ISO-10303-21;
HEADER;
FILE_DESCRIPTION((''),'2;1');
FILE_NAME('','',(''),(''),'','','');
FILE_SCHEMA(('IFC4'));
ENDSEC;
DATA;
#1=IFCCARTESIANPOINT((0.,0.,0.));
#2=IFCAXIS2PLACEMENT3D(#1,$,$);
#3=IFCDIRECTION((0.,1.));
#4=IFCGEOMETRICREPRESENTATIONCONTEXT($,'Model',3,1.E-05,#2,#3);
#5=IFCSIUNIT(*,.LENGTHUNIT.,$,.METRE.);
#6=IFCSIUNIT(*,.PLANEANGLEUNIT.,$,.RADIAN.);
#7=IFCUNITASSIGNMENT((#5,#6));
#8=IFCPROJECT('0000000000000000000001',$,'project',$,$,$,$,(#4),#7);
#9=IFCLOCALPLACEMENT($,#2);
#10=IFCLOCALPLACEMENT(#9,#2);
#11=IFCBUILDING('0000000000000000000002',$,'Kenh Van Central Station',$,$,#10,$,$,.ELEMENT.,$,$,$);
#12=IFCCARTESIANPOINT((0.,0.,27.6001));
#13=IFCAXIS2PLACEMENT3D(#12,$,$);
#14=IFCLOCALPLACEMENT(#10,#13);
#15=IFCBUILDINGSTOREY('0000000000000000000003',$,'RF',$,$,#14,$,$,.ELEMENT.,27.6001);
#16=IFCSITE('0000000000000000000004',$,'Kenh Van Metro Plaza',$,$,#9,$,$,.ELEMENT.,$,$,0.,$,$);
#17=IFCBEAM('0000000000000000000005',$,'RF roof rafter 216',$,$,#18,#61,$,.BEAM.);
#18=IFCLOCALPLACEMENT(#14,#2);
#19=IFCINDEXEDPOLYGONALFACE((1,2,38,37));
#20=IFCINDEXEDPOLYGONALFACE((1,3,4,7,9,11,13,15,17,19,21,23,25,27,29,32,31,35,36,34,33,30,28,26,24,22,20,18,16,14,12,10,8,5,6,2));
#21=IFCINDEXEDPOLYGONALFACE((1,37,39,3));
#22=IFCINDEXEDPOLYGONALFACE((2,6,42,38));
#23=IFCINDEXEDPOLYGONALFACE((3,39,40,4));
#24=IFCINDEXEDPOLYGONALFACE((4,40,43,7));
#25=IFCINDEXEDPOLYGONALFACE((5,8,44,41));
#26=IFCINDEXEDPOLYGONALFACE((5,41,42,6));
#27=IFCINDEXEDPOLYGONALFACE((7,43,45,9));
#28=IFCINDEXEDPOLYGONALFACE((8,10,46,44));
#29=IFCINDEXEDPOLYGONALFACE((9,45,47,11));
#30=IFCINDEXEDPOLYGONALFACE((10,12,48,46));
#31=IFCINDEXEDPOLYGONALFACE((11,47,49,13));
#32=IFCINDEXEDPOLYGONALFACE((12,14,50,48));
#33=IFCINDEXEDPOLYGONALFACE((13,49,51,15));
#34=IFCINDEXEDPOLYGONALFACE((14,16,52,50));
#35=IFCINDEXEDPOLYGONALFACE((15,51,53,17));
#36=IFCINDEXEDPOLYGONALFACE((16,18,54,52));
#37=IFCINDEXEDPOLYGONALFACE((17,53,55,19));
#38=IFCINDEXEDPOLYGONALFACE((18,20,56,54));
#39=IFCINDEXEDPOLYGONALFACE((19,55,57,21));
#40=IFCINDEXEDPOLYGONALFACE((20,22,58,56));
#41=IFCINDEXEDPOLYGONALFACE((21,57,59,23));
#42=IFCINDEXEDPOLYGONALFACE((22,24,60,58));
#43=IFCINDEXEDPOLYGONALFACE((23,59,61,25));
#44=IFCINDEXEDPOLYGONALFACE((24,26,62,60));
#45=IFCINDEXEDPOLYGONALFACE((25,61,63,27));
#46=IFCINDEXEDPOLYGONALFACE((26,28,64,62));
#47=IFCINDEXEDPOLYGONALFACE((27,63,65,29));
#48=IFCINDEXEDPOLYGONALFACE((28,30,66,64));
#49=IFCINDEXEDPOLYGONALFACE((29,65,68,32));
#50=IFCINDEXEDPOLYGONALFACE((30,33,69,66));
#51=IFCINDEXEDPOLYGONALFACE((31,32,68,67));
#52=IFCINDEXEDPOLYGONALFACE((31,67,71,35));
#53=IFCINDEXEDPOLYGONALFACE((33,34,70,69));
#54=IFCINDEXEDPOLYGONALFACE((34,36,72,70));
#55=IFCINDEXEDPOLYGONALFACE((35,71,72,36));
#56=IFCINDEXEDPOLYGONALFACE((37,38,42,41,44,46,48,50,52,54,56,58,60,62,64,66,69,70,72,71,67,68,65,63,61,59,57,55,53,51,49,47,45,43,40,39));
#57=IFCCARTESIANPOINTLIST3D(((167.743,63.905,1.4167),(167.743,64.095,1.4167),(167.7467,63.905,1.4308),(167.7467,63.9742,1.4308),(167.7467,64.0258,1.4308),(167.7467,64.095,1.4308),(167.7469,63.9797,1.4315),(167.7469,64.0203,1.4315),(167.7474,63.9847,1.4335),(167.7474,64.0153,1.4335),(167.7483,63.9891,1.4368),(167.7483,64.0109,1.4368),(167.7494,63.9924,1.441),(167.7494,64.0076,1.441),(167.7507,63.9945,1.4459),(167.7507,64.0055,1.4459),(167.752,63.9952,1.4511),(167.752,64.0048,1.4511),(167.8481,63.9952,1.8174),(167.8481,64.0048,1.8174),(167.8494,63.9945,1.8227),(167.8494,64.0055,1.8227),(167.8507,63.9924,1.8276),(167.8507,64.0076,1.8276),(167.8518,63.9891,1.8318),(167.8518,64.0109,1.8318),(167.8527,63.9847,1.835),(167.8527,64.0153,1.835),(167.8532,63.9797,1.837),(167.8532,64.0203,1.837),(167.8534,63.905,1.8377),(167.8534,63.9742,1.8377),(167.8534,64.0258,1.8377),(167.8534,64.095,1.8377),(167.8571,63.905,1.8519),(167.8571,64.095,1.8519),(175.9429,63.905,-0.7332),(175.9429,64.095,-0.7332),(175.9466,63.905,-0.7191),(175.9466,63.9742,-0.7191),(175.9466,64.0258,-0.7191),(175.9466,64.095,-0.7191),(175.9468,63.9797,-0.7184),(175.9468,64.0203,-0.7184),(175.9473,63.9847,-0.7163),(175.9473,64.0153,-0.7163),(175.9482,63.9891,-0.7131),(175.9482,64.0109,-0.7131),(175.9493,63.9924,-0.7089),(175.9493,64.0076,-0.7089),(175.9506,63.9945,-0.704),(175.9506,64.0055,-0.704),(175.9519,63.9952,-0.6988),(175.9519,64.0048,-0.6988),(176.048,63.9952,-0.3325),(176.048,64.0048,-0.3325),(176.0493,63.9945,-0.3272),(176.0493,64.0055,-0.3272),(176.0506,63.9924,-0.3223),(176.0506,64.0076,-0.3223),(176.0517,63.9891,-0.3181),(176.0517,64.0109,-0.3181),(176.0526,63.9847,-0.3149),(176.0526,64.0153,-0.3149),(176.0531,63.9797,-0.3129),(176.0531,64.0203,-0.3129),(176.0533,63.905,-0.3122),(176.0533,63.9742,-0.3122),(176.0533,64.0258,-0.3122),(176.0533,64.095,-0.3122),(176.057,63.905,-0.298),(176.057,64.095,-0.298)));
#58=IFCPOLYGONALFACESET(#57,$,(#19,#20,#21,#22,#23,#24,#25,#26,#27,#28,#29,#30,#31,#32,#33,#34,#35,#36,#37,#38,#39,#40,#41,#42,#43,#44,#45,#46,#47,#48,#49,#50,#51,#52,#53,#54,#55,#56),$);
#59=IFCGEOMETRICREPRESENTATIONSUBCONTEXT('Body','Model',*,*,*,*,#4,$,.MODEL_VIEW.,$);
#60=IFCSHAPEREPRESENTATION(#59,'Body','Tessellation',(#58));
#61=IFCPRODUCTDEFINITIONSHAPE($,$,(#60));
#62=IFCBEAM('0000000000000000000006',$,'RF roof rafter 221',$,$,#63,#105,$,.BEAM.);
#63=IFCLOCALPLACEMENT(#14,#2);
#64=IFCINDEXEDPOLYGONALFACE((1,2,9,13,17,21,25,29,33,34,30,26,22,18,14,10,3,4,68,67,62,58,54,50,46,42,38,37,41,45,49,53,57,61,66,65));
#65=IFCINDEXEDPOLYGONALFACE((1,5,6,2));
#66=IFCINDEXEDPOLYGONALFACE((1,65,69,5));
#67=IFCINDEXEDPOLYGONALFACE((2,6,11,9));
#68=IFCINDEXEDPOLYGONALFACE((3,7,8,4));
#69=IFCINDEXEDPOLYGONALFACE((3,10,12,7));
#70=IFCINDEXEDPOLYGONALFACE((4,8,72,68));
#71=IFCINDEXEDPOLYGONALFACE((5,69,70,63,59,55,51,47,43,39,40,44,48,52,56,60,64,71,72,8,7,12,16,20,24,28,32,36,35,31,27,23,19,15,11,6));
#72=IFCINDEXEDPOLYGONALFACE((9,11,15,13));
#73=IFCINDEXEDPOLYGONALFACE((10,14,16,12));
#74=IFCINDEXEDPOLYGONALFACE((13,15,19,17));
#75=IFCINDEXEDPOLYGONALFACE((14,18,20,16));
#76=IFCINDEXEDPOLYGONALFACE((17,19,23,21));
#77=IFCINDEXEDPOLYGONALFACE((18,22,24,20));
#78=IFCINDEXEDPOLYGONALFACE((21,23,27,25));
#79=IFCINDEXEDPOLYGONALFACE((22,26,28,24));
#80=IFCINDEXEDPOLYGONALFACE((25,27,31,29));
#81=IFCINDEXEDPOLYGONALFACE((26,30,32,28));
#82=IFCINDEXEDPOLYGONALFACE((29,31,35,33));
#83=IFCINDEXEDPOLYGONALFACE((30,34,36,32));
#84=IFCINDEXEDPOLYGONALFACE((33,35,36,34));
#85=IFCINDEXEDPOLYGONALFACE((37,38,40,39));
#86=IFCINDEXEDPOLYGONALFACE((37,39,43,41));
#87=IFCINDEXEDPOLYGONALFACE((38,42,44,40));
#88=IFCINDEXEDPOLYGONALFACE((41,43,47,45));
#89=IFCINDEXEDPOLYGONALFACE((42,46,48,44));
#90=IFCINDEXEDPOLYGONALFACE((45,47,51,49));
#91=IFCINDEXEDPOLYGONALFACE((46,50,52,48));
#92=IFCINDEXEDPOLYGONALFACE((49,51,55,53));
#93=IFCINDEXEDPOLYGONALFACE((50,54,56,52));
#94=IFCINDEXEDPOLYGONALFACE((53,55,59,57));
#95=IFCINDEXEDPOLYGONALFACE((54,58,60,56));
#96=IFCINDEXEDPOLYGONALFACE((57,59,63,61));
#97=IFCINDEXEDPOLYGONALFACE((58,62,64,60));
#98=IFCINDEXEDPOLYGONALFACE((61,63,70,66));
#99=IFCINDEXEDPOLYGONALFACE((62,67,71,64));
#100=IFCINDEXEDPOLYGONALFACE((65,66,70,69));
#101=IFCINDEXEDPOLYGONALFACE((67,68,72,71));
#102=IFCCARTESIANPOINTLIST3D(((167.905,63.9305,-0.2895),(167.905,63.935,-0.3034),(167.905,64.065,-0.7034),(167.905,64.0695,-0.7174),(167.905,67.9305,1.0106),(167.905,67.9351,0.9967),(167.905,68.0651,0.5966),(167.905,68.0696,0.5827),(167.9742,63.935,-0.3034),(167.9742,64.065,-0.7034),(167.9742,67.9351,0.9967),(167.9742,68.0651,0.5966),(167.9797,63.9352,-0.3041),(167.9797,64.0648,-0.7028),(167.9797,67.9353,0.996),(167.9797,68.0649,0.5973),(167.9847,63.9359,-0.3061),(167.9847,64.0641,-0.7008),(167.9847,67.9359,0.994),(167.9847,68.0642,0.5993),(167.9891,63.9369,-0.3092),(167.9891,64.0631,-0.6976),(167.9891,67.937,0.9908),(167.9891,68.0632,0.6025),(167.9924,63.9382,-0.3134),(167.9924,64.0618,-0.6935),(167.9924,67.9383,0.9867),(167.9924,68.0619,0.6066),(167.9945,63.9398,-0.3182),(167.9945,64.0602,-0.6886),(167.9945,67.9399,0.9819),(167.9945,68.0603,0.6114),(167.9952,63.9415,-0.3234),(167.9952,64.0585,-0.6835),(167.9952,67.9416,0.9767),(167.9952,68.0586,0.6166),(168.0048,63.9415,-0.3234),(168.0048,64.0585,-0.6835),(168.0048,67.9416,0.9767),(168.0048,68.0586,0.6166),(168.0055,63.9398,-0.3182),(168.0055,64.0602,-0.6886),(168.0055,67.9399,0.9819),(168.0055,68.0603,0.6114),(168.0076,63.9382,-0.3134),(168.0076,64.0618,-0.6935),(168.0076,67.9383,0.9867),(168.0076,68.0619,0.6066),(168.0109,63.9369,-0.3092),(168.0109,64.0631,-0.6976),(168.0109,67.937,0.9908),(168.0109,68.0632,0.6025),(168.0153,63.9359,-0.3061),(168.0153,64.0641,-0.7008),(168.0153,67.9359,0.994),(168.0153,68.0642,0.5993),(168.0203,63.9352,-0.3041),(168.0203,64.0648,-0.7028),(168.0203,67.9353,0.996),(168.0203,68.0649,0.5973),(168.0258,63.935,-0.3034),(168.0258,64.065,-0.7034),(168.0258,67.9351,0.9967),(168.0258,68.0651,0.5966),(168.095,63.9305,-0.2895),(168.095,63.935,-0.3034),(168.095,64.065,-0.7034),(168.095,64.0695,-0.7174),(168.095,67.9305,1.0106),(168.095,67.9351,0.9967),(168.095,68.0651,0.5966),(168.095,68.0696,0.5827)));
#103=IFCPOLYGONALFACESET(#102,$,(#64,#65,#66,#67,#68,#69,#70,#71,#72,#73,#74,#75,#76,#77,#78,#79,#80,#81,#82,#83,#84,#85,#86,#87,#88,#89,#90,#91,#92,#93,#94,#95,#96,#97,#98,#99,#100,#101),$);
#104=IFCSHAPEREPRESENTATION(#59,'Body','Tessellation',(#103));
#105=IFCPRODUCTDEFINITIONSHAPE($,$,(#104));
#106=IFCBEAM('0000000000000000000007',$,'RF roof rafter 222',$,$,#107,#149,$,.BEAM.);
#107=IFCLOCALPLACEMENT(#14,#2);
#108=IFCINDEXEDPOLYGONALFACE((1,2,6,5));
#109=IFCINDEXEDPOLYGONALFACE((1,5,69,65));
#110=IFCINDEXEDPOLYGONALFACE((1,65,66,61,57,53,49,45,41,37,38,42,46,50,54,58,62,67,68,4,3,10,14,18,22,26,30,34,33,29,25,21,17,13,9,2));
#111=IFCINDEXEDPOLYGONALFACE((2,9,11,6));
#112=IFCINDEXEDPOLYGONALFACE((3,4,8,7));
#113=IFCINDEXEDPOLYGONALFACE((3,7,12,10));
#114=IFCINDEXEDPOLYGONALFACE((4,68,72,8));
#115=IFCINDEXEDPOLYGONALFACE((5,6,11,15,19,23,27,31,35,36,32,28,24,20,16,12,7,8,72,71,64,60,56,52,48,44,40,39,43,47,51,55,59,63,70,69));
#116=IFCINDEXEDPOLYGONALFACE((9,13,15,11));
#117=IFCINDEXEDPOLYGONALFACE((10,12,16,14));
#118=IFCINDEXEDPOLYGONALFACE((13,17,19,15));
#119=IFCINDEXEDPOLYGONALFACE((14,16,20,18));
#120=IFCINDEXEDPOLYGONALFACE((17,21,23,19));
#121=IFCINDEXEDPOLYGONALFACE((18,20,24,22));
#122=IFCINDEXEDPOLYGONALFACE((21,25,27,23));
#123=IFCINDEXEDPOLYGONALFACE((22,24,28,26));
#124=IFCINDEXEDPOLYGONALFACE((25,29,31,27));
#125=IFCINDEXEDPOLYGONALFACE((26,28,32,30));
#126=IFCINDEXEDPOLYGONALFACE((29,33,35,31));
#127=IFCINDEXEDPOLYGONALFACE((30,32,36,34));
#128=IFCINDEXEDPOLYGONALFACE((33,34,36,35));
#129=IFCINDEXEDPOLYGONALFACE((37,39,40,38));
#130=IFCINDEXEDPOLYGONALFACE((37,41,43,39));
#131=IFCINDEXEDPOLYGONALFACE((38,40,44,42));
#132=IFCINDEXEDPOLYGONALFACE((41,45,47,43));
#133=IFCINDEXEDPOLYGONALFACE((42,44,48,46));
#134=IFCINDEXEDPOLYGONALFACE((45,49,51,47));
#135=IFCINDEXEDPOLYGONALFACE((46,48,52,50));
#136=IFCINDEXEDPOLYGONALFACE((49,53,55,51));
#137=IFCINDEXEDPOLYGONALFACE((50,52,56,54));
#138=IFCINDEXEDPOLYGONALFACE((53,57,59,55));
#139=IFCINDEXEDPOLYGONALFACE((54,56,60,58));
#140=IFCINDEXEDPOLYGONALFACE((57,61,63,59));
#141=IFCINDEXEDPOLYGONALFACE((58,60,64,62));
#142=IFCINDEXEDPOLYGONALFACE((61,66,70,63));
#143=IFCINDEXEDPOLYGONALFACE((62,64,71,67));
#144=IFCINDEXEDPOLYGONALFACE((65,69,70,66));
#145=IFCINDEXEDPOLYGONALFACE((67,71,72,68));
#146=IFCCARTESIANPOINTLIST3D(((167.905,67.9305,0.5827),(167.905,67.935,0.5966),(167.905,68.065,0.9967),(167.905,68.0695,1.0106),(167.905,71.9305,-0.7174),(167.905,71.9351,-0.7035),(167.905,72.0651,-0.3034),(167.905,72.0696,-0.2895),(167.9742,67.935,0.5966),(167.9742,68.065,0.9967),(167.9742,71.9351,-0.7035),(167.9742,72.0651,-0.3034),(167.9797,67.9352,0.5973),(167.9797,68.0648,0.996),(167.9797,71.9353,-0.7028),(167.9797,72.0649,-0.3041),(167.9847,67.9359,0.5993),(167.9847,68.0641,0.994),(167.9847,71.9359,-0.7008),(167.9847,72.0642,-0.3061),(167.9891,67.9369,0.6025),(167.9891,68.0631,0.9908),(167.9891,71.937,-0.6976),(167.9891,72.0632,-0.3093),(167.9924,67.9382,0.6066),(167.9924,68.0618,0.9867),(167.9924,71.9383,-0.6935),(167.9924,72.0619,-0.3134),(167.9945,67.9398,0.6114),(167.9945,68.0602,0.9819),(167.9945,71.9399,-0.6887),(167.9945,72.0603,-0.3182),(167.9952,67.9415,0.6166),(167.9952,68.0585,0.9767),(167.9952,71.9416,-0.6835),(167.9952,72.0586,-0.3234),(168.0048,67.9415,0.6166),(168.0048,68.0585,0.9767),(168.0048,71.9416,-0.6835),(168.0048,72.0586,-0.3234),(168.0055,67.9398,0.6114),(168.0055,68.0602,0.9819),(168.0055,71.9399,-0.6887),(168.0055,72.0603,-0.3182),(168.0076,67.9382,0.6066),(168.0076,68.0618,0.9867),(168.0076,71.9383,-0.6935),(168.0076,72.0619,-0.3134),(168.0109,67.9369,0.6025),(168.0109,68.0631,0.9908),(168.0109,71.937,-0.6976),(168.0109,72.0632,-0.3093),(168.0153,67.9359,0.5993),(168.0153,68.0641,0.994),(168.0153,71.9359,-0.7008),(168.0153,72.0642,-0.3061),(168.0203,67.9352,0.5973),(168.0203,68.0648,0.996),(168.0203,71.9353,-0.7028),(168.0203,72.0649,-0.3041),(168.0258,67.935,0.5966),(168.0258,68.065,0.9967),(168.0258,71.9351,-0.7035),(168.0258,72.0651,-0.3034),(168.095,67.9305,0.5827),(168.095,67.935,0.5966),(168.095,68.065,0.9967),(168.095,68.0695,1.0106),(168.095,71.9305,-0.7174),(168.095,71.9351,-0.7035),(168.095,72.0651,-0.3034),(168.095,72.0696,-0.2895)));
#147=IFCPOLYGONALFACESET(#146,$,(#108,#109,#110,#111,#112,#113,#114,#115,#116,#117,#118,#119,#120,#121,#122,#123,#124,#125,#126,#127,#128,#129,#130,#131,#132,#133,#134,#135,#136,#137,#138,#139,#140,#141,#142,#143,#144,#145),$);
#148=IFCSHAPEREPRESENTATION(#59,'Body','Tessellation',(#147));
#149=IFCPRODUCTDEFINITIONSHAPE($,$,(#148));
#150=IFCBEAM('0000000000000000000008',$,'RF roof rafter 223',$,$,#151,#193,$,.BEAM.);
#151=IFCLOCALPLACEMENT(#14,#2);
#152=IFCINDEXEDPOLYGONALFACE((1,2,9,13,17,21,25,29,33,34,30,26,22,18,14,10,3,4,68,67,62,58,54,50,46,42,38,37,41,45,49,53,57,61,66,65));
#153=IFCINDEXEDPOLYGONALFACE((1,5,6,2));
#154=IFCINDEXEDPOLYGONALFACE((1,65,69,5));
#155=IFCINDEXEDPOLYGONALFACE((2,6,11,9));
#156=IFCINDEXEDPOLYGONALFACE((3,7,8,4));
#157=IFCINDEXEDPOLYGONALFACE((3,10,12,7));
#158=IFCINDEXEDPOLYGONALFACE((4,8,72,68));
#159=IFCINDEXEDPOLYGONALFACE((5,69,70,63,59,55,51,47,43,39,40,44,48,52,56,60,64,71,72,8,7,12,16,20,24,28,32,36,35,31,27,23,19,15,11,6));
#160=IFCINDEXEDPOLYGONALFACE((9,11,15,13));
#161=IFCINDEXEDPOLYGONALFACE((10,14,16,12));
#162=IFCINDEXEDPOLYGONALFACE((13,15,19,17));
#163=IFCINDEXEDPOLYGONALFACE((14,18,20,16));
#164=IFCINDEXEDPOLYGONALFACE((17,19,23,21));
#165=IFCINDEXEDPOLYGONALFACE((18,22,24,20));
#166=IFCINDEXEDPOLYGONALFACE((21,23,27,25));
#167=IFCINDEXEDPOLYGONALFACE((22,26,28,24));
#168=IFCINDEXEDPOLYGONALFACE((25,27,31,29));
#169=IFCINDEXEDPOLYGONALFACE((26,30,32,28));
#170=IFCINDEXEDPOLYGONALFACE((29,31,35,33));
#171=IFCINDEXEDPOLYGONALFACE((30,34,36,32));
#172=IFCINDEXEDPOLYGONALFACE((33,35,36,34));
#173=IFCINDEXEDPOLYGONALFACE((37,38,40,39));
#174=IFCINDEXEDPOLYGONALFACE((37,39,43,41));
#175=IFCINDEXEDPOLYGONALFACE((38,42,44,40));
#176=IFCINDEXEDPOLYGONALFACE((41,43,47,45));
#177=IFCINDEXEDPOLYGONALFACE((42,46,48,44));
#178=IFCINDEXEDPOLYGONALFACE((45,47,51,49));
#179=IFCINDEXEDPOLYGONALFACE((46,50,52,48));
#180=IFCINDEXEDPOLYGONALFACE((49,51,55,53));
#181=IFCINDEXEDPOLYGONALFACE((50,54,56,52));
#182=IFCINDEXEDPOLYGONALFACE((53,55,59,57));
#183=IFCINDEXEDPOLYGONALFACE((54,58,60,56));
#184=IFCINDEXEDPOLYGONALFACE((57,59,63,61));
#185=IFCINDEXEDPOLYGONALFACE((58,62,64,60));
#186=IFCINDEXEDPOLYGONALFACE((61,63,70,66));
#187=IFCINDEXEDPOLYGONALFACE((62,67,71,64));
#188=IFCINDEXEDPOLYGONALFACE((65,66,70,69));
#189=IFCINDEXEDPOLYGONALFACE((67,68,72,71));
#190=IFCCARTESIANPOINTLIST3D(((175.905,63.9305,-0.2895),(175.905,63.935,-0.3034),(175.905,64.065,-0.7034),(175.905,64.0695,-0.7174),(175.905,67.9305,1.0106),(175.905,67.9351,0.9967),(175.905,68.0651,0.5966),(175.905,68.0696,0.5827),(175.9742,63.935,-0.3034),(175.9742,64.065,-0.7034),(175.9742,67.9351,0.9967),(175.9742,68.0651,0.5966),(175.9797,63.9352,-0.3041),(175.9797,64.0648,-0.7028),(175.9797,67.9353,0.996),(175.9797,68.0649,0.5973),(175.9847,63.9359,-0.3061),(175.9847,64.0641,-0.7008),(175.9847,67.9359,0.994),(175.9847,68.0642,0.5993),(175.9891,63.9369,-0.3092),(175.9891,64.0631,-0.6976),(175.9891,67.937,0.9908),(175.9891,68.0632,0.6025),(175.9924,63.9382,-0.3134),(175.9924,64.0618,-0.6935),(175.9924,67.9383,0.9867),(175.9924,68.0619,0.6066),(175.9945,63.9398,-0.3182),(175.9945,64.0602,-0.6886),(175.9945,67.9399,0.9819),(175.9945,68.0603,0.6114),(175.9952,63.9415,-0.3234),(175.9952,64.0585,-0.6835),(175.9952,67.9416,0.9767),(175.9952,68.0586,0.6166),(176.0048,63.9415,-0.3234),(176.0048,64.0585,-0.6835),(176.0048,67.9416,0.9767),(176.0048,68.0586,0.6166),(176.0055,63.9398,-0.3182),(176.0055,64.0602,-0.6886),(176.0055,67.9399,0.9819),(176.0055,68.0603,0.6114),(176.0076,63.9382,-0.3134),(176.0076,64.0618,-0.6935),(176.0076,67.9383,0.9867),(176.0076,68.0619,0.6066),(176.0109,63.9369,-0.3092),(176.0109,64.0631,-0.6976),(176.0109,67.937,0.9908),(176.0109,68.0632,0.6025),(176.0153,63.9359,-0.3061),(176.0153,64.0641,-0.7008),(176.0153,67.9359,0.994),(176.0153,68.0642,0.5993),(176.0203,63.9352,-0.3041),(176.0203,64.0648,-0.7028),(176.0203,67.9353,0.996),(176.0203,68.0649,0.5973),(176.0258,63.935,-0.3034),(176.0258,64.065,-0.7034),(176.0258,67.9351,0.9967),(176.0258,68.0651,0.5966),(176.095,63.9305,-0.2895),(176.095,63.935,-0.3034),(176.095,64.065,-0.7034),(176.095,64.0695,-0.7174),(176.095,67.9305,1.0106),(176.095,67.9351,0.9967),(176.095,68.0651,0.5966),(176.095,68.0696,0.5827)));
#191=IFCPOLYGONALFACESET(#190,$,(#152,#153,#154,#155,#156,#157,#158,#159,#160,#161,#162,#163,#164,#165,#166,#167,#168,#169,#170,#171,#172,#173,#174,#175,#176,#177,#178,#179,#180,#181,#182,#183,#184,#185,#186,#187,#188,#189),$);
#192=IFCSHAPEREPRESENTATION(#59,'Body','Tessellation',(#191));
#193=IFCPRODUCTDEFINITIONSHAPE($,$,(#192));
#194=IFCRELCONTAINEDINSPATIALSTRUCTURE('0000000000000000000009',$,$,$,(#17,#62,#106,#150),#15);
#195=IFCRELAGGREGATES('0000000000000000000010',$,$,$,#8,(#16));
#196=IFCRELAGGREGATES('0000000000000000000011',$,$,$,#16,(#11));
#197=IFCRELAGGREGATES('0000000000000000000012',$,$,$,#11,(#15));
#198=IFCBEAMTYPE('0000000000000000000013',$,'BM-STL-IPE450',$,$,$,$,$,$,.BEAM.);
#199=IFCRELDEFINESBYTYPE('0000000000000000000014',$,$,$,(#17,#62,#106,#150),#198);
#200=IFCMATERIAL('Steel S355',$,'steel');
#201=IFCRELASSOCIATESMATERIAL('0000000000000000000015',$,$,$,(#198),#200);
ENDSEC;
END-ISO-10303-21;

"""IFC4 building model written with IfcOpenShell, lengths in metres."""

from ifc_helpers import new_model, si_unit, direction, frame, origin, origin_2d, place, context, subcontext, project, spatial, i_section, extrude, material, material_profile, profile_set, type_object, element, save


model = new_model("IFC4")

# Units and contexts
model_context = context("Model", 3, precision=1e-05, world=origin(), true_north=direction((0.0, 1.0)))
body_context = subcontext(model_context, "Body", "Model", "MODEL_VIEW")
ifc_project = project(units=[si_unit("LENGTHUNIT", "METRE"), si_unit("PLANEANGLEUNIT", "RADIAN")], contexts=[model_context])

# Site, building, storey
site_placement = place(None, origin())
site = spatial("IfcSite", under=ifc_project, at=site_placement, Name="Kenh Van Metro Plaza", CompositionType="ELEMENT", RefElevation=0.0)
building_placement = place(site_placement, origin())
building = spatial("IfcBuilding", under=site, at=building_placement, Name="Kenh Van Central Station", CompositionType="ELEMENT")
storey_placement = place(building_placement, frame((0.0, 0.0, 27.6001)))
storey = spatial("IfcBuildingStorey", under=building, at=storey_placement, Name="RF", CompositionType="ELEMENT", Elevation=27.6001)

# Beams
ifc_material_1 = material(Name="Steel S355", Category="steel")
ifc_material_profile_1 = material_profile(ifc_material_1, i_section(OverallWidth=0.1899, OverallDepth=0.45, WebThickness=0.0095, FlangeThickness=0.0146, FilletRadius=0.021, at=origin_2d()), Name="IPE 450")
ifc_profile_set_1 = profile_set([ifc_material_profile_1], Name="Steel S355")
beam_type = type_object("IfcBeamType", Name="BM-STL-IPE450", PredefinedType="BEAM", material=ifc_profile_set_1)
beam_placement = place(storey_placement, frame((167.8, 64.0, 1.6343), z_axis=(0.967306, 0.0, -0.253613), x_axis=(0.0, 1.0, 0.0)))
element("IfcBeam", 1, at=beam_placement, inside=storey, type_object=beam_type, Name="RF roof rafter 216", PredefinedType="BEAM", context=body_context, shape_type="SweptSolid", body=[
    extrude(i_section(OverallWidth=0.1899, OverallDepth=0.45, WebThickness=0.0095, FlangeThickness=0.0146, FilletRadius=0.021, at=origin_2d()), origin(), (0.0, 0.0, 1.0), 8.4771),
])
for number, where, z_axis, x_axis, name in (
    (2, (168.0, 64.0, -0.5034), (0.0, 0.951031, 0.309097), (-1.0, 0.0, 0.0), "RF roof rafter 221"),
    (3, (168.0, 68.0, 0.7966), (0.0, 0.951031, -0.309097), (-1.0, 0.0, 0.0), "RF roof rafter 222"),
    (4, (176.0, 64.0, -0.5034), (0.0, 0.951031, 0.309097), (-1.0, 0.0, 0.0), "RF roof rafter 223"),
):
    element("IfcBeam", number, at=place(storey_placement, frame(where, z_axis=z_axis, x_axis=x_axis)), inside=storey, type_object=beam_type, Name=name, PredefinedType="BEAM", context=body_context, shape_type="SweptSolid", body=[
        extrude(i_section(OverallWidth=0.1899, OverallDepth=0.45, WebThickness=0.0095, FlangeThickness=0.0146, FilletRadius=0.021, at=origin_2d()), origin(), (0.0, 0.0, 1.0), 4.2061),
    ])

save(model, "model.ifc")
